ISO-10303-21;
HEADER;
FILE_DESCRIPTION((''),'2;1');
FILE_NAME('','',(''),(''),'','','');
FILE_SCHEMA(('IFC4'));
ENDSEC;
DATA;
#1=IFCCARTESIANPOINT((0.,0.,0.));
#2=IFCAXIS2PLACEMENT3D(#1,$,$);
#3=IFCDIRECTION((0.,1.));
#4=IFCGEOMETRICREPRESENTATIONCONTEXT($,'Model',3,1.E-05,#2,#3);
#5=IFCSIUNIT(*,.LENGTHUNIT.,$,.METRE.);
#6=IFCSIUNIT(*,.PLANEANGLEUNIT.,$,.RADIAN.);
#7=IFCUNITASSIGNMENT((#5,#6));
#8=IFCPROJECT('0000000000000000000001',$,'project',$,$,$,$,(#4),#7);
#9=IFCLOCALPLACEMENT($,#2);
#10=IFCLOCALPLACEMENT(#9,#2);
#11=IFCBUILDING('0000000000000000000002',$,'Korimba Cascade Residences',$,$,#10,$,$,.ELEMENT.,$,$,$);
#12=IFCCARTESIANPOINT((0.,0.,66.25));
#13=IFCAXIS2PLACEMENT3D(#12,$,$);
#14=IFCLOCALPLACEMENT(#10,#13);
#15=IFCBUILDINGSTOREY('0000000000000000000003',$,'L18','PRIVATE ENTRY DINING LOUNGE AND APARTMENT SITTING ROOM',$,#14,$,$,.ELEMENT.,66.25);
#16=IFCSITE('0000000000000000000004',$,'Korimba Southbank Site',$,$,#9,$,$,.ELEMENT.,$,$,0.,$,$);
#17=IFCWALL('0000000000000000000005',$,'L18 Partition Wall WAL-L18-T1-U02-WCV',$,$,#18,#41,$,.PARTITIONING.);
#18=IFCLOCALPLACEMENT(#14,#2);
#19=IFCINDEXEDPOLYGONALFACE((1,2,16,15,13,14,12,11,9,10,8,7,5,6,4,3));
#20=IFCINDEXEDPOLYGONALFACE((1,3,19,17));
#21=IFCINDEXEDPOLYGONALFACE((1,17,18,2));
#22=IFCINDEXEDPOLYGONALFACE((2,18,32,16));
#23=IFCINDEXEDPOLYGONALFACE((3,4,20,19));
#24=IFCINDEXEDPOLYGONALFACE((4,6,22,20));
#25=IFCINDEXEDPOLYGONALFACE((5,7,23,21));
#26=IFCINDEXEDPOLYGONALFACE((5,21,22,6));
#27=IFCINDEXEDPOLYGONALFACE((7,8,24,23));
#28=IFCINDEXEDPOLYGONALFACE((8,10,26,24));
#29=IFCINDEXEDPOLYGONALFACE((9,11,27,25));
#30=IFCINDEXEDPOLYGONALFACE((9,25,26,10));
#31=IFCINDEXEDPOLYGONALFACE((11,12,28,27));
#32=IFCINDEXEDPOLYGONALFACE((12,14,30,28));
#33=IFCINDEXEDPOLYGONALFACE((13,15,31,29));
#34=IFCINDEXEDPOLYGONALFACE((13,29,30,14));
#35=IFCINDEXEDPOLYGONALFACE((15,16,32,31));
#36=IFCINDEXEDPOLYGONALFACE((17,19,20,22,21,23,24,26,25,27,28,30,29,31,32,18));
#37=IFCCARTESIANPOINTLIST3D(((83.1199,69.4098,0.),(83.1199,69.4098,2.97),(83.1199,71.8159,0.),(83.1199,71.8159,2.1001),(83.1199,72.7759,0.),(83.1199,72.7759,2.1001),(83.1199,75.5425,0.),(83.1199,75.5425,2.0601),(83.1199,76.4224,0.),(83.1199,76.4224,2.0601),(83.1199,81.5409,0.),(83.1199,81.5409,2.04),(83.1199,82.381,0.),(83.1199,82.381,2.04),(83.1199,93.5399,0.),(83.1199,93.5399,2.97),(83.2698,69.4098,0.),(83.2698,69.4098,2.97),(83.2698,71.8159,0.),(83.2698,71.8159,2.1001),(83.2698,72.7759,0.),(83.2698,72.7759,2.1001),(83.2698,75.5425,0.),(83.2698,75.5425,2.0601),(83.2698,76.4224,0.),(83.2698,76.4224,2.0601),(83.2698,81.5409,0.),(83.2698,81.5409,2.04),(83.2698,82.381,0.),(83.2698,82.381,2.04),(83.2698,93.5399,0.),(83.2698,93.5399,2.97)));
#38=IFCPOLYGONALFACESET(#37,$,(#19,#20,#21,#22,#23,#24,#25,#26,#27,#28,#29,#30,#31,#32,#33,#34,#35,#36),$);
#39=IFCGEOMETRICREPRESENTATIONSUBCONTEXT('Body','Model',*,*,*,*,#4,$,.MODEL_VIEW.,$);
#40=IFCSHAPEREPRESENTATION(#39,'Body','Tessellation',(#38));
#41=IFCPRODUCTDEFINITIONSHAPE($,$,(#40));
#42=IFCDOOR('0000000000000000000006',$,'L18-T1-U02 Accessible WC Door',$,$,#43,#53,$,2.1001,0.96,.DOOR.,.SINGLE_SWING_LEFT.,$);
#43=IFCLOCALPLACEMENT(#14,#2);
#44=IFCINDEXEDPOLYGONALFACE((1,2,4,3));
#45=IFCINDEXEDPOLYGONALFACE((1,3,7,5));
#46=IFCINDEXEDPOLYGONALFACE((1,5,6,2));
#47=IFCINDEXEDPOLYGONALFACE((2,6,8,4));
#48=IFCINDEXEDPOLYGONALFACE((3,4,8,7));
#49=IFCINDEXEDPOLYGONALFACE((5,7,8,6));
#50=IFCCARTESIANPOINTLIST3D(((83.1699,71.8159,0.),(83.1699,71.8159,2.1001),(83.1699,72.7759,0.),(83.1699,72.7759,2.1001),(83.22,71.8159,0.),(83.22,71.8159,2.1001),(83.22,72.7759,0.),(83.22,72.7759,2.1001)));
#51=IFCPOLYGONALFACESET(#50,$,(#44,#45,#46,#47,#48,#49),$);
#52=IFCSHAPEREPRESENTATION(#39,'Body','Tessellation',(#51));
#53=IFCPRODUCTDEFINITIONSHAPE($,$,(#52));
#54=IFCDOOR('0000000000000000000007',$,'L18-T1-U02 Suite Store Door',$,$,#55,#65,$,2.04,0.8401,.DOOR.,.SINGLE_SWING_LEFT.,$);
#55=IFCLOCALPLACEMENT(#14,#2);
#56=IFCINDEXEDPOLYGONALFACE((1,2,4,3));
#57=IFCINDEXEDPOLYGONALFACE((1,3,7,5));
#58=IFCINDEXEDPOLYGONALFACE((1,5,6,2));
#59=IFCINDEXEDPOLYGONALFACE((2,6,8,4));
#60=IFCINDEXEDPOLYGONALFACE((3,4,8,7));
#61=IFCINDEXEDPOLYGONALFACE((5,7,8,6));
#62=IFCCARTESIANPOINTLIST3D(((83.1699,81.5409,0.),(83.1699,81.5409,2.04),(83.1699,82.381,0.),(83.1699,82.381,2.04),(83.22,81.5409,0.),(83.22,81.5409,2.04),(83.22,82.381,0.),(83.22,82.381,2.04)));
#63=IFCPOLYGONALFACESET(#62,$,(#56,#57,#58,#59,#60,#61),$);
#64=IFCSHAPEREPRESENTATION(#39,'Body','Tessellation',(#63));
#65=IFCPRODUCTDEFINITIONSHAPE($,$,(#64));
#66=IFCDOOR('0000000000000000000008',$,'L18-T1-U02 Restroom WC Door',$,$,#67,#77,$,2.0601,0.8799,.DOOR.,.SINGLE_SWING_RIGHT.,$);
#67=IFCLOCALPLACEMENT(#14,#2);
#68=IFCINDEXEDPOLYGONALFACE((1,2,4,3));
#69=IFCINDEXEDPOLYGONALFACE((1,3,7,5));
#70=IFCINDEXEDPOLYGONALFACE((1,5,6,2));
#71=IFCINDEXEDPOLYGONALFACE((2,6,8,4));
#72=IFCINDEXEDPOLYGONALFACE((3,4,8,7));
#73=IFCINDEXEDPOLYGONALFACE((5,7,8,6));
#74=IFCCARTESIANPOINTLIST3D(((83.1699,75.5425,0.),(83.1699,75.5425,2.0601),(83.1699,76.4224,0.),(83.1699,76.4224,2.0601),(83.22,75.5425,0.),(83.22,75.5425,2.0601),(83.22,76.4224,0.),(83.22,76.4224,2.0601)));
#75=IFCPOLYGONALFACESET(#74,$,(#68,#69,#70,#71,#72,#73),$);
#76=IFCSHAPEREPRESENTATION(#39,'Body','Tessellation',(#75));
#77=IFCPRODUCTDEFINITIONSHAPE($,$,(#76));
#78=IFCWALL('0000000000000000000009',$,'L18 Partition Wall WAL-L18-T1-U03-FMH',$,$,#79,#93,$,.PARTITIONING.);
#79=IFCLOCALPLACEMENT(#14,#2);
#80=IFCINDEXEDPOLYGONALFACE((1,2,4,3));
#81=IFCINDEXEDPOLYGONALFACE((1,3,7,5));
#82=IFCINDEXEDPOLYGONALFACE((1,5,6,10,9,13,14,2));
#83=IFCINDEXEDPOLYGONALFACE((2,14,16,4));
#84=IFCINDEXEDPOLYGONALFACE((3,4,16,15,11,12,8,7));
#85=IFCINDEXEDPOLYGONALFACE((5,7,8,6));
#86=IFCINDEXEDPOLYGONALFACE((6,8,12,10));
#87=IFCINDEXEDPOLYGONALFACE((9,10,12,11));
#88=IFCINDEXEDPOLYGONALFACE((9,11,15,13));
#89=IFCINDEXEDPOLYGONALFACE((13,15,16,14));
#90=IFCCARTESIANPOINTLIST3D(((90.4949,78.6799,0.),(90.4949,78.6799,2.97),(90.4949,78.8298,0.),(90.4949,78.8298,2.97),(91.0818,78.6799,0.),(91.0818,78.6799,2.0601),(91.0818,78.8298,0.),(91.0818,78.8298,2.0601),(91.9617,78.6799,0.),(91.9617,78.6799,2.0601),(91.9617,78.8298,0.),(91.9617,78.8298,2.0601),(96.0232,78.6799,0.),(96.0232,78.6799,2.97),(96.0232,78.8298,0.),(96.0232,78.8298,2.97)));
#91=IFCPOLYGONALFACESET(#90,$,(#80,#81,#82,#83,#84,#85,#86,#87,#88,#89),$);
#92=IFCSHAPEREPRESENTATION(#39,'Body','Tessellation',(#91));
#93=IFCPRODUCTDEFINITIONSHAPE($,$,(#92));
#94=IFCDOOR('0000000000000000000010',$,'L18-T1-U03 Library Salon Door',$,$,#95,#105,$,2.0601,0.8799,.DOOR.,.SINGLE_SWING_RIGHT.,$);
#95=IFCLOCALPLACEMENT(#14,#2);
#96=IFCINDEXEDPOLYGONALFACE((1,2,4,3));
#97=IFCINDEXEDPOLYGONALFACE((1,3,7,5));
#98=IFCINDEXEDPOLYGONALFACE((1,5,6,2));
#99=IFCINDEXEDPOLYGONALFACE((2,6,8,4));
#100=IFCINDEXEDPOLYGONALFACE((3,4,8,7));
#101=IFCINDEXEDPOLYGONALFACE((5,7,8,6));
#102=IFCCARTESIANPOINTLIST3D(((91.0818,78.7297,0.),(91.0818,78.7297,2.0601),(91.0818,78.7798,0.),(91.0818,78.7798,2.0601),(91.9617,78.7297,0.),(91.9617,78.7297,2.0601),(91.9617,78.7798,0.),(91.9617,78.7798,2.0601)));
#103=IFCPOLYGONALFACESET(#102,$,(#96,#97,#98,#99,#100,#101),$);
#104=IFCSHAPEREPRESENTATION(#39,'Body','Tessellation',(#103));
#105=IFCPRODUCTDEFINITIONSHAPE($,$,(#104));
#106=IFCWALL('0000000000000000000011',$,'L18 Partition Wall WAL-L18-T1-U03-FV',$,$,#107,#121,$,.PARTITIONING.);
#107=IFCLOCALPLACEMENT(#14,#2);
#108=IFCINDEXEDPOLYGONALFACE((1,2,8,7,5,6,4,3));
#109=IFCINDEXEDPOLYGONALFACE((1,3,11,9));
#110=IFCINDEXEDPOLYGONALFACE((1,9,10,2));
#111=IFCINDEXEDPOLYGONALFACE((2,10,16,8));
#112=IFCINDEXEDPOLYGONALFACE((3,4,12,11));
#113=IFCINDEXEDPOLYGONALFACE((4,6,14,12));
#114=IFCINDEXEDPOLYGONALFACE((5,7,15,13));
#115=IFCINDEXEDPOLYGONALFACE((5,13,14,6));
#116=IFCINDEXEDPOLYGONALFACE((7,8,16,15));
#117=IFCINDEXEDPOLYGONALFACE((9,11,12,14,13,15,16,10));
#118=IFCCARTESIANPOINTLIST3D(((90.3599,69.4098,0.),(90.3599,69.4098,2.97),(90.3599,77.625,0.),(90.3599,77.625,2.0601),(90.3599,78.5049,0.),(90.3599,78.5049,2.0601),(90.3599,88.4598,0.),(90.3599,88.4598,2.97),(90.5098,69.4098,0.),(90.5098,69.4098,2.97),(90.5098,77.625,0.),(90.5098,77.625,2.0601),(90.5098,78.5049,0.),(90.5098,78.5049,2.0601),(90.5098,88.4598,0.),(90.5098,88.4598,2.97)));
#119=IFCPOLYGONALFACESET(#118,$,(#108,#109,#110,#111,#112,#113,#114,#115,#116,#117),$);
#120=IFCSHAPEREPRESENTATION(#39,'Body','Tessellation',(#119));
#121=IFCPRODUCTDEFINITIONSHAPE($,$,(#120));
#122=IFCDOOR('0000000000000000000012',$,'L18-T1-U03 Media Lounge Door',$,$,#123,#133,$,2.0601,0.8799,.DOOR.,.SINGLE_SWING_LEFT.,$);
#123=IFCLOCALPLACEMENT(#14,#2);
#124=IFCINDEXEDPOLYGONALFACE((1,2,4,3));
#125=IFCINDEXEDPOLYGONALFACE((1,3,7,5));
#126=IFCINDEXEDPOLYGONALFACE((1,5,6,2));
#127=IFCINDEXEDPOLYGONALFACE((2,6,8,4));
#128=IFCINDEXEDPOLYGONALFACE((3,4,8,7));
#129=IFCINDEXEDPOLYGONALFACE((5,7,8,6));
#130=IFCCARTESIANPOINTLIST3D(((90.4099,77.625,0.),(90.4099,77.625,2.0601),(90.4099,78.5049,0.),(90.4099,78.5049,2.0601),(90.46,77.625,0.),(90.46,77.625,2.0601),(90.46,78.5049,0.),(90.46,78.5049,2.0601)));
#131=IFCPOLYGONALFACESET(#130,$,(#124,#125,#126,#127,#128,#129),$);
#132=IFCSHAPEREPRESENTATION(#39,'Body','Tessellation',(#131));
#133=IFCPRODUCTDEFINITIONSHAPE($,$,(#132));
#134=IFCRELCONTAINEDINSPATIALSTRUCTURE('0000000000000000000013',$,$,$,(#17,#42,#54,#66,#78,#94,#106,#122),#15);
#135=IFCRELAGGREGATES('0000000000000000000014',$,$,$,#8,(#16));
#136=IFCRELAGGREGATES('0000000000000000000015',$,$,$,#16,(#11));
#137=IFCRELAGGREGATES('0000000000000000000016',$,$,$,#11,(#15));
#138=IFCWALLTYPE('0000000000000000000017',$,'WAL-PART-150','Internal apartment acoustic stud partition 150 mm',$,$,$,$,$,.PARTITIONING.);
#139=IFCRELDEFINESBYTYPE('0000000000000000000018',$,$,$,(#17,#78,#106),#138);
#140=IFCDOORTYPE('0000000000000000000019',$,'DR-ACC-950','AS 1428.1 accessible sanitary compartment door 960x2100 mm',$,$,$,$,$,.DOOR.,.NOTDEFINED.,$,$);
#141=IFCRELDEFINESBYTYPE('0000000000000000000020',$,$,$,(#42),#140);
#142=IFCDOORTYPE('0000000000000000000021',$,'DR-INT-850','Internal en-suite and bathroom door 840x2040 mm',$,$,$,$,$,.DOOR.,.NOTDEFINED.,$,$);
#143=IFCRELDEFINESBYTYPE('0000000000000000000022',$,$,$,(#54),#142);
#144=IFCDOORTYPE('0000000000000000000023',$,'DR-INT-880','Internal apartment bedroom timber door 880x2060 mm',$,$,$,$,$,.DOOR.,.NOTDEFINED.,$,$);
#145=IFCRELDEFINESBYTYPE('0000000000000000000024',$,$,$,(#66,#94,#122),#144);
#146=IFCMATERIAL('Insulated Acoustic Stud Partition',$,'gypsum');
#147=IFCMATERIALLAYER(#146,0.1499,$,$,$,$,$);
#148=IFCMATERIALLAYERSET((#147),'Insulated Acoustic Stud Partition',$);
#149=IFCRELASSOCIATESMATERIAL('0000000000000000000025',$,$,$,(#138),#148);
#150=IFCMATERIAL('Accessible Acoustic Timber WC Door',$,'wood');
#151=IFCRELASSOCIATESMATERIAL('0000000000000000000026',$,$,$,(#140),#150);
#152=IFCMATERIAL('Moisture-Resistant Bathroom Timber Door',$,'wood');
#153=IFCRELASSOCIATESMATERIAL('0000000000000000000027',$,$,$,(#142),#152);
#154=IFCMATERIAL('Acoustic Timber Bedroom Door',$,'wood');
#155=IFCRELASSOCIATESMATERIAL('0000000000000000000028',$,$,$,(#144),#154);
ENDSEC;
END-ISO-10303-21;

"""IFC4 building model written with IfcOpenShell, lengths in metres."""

from ifc_helpers import new_model, si_unit, direction, frame, frame_2d, origin, place, context, subcontext, project, spatial, rectangle, extrude, material, layer, layer_set, type_object, element, fill, save


model = new_model("IFC4")

# Units and contexts
model_context = context("Model", 3, precision=1e-05, world=origin(), true_north=direction((0.0, 1.0)))
body_context = subcontext(model_context, "Body", "Model", "MODEL_VIEW")
ifc_project = project(units=[si_unit("LENGTHUNIT", "METRE"), si_unit("PLANEANGLEUNIT", "RADIAN")], contexts=[model_context])

# Site, building, storey
site_placement = place(None, origin())
site = spatial("IfcSite", under=ifc_project, at=site_placement, Name="Korimba Southbank Site", CompositionType="ELEMENT", RefElevation=0.0)
building_placement = place(site_placement, origin())
building = spatial("IfcBuilding", under=site, at=building_placement, Name="Korimba Cascade Residences", CompositionType="ELEMENT")
storey_placement = place(building_placement, frame((0.0, 0.0, 66.25)))
storey = spatial("IfcBuildingStorey", under=building, at=storey_placement, Name="L18", Description="PRIVATE ENTRY DINING LOUNGE AND APARTMENT SITTING ROOM", CompositionType="ELEMENT", Elevation=66.25)

# Shared definitions
ifc_material_1 = material(Name="Insulated Acoustic Stud Partition", Category="gypsum")
ifc_layer_1 = layer(ifc_material_1, 0.1499)
ifc_layer_set_1 = layer_set([ifc_layer_1], Name="Insulated Acoustic Stud Partition")
wall_type_1 = type_object("IfcWallType", Name="WAL-PART-150", Description="Internal apartment acoustic stud partition 150 mm", PredefinedType="PARTITIONING", material=ifc_layer_set_1)

# Wall, openings, doors
wall_1_placement = place(storey_placement, frame((83.1948, 69.4099, 0.0), z_axis=(0.0, 0.0, 1.0), x_axis=(0.0, 1.0, 0.0)))
wall_1 = element("IfcWall", 1, at=wall_1_placement, inside=storey, type_object=wall_type_1, Name="L18 Partition Wall WAL-L18-T1-U02-WCV", PredefinedType="PARTITIONING", context=body_context, shape_type="SweptSolid", body=[
    extrude(rectangle(XDim=24.1301, YDim=0.1499, at=frame_2d((12.0649, 0.0))), origin(), (0.0, 0.0, 1.0), 2.97),
])
opening_1_placement = place(wall_1_placement, frame((2.406, 0.0, 0.0)))
opening_1 = element("IfcOpeningElement", 2, at=opening_1_placement, cuts=wall_1, PredefinedType="OPENING", context=body_context, shape_type="SweptSolid", body=[
    extrude(rectangle(XDim=0.96, YDim=2.1001, at=frame_2d((0.48, 1.05))), frame((0.0, 0.085, 0.0), z_axis=(0.0, -1.0, 0.0), x_axis=(1.0, 0.0, 0.0)), (0.0, 0.0, 1.0), 0.1699),
])
opening_2_placement = place(wall_1_placement, frame((6.1326, 0.0, 0.0)))
opening_2 = element("IfcOpeningElement", 3, at=opening_2_placement, cuts=wall_1, PredefinedType="OPENING", context=body_context, shape_type="SweptSolid", body=[
    extrude(rectangle(XDim=0.8799, YDim=2.0601, at=frame_2d((0.4399, 1.03))), frame((0.0, 0.085, 0.0), z_axis=(0.0, -1.0, 0.0), x_axis=(1.0, 0.0, 0.0)), (0.0, 0.0, 1.0), 0.1699),
])
opening_3_placement = place(wall_1_placement, frame((12.1311, 0.0, 0.0)))
opening_3 = element("IfcOpeningElement", 4, at=opening_3_placement, cuts=wall_1, PredefinedType="OPENING", context=body_context, shape_type="SweptSolid", body=[
    extrude(rectangle(XDim=0.8401, YDim=2.04, at=frame_2d((0.4199, 1.02))), frame((0.0, 0.085, 0.0), z_axis=(0.0, -1.0, 0.0), x_axis=(1.0, 0.0, 0.0)), (0.0, 0.0, 1.0), 0.1699),
])
ifc_material_2 = material(Name="Accessible Acoustic Timber WC Door", Category="wood")
door_type_1 = type_object("IfcDoorType", Name="DR-ACC-950", Description="AS 1428.1 accessible sanitary compartment door 960x2100 mm", OperationType="NOTDEFINED", PredefinedType="DOOR", material=ifc_material_2)
door_1_placement = place(opening_1_placement, origin())
door_1 = element("IfcDoor", 5, at=door_1_placement, inside=storey, type_object=door_type_1, Name="L18-T1-U02 Accessible WC Door", OperationType="SINGLE_SWING_LEFT", OverallHeight=2.1001, OverallWidth=0.96, PredefinedType="DOOR", context=body_context, shape_type="SweptSolid", body=[
    extrude(rectangle(XDim=0.96, YDim=2.1001, at=frame_2d((0.48, 1.05))), frame((0.0, 0.0249, 0.0), z_axis=(0.0, -1.0, 0.0), x_axis=(1.0, 0.0, 0.0)), (0.0, 0.0, 1.0), 0.05),
])
fill(opening_1, door_1)
ifc_material_3 = material(Name="Moisture-Resistant Bathroom Timber Door", Category="wood")
door_type_2 = type_object("IfcDoorType", Name="DR-INT-850", Description="Internal en-suite and bathroom door 840x2040 mm", OperationType="NOTDEFINED", PredefinedType="DOOR", material=ifc_material_3)
door_2_placement = place(opening_3_placement, origin())
door_2 = element("IfcDoor", 6, at=door_2_placement, inside=storey, type_object=door_type_2, Name="L18-T1-U02 Suite Store Door", OperationType="SINGLE_SWING_LEFT", OverallHeight=2.04, OverallWidth=0.8401, PredefinedType="DOOR", context=body_context, shape_type="SweptSolid", body=[
    extrude(rectangle(XDim=0.8401, YDim=2.04, at=frame_2d((0.4199, 1.02))), frame((0.0, 0.0249, 0.0), z_axis=(0.0, -1.0, 0.0), x_axis=(1.0, 0.0, 0.0)), (0.0, 0.0, 1.0), 0.05),
])
fill(opening_3, door_2)
ifc_material_4 = material(Name="Acoustic Timber Bedroom Door", Category="wood")
door_type_3 = type_object("IfcDoorType", Name="DR-INT-880", Description="Internal apartment bedroom timber door 880x2060 mm", OperationType="NOTDEFINED", PredefinedType="DOOR", material=ifc_material_4)
door_3_placement = place(opening_2_placement, origin())
door_3 = element("IfcDoor", 7, at=door_3_placement, inside=storey, type_object=door_type_3, Name="L18-T1-U02 Restroom WC Door", OperationType="SINGLE_SWING_RIGHT", OverallHeight=2.0601, OverallWidth=0.8799, PredefinedType="DOOR", context=body_context, shape_type="SweptSolid", body=[
    extrude(rectangle(XDim=0.8799, YDim=2.0601, at=frame_2d((0.4399, 1.03))), frame((0.0, 0.0249, 0.0), z_axis=(0.0, -1.0, 0.0), x_axis=(1.0, 0.0, 0.0)), (0.0, 0.0, 1.0), 0.05),
])
fill(opening_2, door_3)

# Walls, openings, doors
wall_2_placement = place(storey_placement, frame((90.4949, 78.7549, 0.0), z_axis=(0.0, 0.0, 1.0), x_axis=(1.0, 0.0, 0.0)))
wall_2 = element("IfcWall", 8, at=wall_2_placement, inside=storey, type_object=wall_type_1, Name="L18 Partition Wall WAL-L18-T1-U03-FMH", PredefinedType="PARTITIONING", context=body_context, shape_type="SweptSolid", body=[
    extrude(rectangle(XDim=5.5283, YDim=0.1499, at=frame_2d((2.7642, 0.0))), origin(), (0.0, 0.0, 1.0), 2.97),
])
opening_4_placement = place(wall_2_placement, frame((0.5869, 0.0, 0.0)))
opening_4 = element("IfcOpeningElement", 9, at=opening_4_placement, cuts=wall_2, PredefinedType="OPENING", context=body_context, shape_type="SweptSolid", body=[
    extrude(rectangle(XDim=0.8799, YDim=2.0601, at=frame_2d((0.4399, 1.03))), frame((0.0, 0.085, 0.0), z_axis=(0.0, -1.0, 0.0), x_axis=(1.0, 0.0, 0.0)), (0.0, 0.0, 1.0), 0.1699),
])
door_4_placement = place(opening_4_placement, origin())
door_4 = element("IfcDoor", 10, at=door_4_placement, inside=storey, type_object=door_type_3, Name="L18-T1-U03 Library Salon Door", OperationType="SINGLE_SWING_RIGHT", OverallHeight=2.0601, OverallWidth=0.8799, PredefinedType="DOOR", context=body_context, shape_type="SweptSolid", body=[
    extrude(rectangle(XDim=0.8799, YDim=2.0601, at=frame_2d((0.4399, 1.03))), frame((0.0, 0.0249, 0.0), z_axis=(0.0, -1.0, 0.0), x_axis=(1.0, 0.0, 0.0)), (0.0, 0.0, 1.0), 0.05),
])
fill(opening_4, door_4)
wall_3_placement = place(storey_placement, frame((90.4348, 69.4099, 0.0), z_axis=(0.0, 0.0, 1.0), x_axis=(0.0, 1.0, 0.0)))
wall_3 = element("IfcWall", 11, at=wall_3_placement, inside=storey, type_object=wall_type_1, Name="L18 Partition Wall WAL-L18-T1-U03-FV", PredefinedType="PARTITIONING", context=body_context, shape_type="SweptSolid", body=[
    extrude(rectangle(XDim=19.05, YDim=0.1499, at=frame_2d((9.5249, 0.0))), origin(), (0.0, 0.0, 1.0), 2.97),
])
opening_5_placement = place(wall_3_placement, frame((8.2151, 0.0, 0.0)))
opening_5 = element("IfcOpeningElement", 12, at=opening_5_placement, cuts=wall_3, PredefinedType="OPENING", context=body_context, shape_type="SweptSolid", body=[
    extrude(rectangle(XDim=0.8799, YDim=2.0601, at=frame_2d((0.4399, 1.03))), frame((0.0, 0.085, 0.0), z_axis=(0.0, -1.0, 0.0), x_axis=(1.0, 0.0, 0.0)), (0.0, 0.0, 1.0), 0.1699),
])
door_5_placement = place(opening_5_placement, origin())
door_5 = element("IfcDoor", 13, at=door_5_placement, inside=storey, type_object=door_type_3, Name="L18-T1-U03 Media Lounge Door", OperationType="SINGLE_SWING_LEFT", OverallHeight=2.0601, OverallWidth=0.8799, PredefinedType="DOOR", context=body_context, shape_type="SweptSolid", body=[
    extrude(rectangle(XDim=0.8799, YDim=2.0601, at=frame_2d((0.4399, 1.03))), frame((0.0, 0.0249, 0.0), z_axis=(0.0, -1.0, 0.0), x_axis=(1.0, 0.0, 0.0)), (0.0, 0.0, 1.0), 0.05),
])
fill(opening_5, door_5)

save(model, "model.ifc")
